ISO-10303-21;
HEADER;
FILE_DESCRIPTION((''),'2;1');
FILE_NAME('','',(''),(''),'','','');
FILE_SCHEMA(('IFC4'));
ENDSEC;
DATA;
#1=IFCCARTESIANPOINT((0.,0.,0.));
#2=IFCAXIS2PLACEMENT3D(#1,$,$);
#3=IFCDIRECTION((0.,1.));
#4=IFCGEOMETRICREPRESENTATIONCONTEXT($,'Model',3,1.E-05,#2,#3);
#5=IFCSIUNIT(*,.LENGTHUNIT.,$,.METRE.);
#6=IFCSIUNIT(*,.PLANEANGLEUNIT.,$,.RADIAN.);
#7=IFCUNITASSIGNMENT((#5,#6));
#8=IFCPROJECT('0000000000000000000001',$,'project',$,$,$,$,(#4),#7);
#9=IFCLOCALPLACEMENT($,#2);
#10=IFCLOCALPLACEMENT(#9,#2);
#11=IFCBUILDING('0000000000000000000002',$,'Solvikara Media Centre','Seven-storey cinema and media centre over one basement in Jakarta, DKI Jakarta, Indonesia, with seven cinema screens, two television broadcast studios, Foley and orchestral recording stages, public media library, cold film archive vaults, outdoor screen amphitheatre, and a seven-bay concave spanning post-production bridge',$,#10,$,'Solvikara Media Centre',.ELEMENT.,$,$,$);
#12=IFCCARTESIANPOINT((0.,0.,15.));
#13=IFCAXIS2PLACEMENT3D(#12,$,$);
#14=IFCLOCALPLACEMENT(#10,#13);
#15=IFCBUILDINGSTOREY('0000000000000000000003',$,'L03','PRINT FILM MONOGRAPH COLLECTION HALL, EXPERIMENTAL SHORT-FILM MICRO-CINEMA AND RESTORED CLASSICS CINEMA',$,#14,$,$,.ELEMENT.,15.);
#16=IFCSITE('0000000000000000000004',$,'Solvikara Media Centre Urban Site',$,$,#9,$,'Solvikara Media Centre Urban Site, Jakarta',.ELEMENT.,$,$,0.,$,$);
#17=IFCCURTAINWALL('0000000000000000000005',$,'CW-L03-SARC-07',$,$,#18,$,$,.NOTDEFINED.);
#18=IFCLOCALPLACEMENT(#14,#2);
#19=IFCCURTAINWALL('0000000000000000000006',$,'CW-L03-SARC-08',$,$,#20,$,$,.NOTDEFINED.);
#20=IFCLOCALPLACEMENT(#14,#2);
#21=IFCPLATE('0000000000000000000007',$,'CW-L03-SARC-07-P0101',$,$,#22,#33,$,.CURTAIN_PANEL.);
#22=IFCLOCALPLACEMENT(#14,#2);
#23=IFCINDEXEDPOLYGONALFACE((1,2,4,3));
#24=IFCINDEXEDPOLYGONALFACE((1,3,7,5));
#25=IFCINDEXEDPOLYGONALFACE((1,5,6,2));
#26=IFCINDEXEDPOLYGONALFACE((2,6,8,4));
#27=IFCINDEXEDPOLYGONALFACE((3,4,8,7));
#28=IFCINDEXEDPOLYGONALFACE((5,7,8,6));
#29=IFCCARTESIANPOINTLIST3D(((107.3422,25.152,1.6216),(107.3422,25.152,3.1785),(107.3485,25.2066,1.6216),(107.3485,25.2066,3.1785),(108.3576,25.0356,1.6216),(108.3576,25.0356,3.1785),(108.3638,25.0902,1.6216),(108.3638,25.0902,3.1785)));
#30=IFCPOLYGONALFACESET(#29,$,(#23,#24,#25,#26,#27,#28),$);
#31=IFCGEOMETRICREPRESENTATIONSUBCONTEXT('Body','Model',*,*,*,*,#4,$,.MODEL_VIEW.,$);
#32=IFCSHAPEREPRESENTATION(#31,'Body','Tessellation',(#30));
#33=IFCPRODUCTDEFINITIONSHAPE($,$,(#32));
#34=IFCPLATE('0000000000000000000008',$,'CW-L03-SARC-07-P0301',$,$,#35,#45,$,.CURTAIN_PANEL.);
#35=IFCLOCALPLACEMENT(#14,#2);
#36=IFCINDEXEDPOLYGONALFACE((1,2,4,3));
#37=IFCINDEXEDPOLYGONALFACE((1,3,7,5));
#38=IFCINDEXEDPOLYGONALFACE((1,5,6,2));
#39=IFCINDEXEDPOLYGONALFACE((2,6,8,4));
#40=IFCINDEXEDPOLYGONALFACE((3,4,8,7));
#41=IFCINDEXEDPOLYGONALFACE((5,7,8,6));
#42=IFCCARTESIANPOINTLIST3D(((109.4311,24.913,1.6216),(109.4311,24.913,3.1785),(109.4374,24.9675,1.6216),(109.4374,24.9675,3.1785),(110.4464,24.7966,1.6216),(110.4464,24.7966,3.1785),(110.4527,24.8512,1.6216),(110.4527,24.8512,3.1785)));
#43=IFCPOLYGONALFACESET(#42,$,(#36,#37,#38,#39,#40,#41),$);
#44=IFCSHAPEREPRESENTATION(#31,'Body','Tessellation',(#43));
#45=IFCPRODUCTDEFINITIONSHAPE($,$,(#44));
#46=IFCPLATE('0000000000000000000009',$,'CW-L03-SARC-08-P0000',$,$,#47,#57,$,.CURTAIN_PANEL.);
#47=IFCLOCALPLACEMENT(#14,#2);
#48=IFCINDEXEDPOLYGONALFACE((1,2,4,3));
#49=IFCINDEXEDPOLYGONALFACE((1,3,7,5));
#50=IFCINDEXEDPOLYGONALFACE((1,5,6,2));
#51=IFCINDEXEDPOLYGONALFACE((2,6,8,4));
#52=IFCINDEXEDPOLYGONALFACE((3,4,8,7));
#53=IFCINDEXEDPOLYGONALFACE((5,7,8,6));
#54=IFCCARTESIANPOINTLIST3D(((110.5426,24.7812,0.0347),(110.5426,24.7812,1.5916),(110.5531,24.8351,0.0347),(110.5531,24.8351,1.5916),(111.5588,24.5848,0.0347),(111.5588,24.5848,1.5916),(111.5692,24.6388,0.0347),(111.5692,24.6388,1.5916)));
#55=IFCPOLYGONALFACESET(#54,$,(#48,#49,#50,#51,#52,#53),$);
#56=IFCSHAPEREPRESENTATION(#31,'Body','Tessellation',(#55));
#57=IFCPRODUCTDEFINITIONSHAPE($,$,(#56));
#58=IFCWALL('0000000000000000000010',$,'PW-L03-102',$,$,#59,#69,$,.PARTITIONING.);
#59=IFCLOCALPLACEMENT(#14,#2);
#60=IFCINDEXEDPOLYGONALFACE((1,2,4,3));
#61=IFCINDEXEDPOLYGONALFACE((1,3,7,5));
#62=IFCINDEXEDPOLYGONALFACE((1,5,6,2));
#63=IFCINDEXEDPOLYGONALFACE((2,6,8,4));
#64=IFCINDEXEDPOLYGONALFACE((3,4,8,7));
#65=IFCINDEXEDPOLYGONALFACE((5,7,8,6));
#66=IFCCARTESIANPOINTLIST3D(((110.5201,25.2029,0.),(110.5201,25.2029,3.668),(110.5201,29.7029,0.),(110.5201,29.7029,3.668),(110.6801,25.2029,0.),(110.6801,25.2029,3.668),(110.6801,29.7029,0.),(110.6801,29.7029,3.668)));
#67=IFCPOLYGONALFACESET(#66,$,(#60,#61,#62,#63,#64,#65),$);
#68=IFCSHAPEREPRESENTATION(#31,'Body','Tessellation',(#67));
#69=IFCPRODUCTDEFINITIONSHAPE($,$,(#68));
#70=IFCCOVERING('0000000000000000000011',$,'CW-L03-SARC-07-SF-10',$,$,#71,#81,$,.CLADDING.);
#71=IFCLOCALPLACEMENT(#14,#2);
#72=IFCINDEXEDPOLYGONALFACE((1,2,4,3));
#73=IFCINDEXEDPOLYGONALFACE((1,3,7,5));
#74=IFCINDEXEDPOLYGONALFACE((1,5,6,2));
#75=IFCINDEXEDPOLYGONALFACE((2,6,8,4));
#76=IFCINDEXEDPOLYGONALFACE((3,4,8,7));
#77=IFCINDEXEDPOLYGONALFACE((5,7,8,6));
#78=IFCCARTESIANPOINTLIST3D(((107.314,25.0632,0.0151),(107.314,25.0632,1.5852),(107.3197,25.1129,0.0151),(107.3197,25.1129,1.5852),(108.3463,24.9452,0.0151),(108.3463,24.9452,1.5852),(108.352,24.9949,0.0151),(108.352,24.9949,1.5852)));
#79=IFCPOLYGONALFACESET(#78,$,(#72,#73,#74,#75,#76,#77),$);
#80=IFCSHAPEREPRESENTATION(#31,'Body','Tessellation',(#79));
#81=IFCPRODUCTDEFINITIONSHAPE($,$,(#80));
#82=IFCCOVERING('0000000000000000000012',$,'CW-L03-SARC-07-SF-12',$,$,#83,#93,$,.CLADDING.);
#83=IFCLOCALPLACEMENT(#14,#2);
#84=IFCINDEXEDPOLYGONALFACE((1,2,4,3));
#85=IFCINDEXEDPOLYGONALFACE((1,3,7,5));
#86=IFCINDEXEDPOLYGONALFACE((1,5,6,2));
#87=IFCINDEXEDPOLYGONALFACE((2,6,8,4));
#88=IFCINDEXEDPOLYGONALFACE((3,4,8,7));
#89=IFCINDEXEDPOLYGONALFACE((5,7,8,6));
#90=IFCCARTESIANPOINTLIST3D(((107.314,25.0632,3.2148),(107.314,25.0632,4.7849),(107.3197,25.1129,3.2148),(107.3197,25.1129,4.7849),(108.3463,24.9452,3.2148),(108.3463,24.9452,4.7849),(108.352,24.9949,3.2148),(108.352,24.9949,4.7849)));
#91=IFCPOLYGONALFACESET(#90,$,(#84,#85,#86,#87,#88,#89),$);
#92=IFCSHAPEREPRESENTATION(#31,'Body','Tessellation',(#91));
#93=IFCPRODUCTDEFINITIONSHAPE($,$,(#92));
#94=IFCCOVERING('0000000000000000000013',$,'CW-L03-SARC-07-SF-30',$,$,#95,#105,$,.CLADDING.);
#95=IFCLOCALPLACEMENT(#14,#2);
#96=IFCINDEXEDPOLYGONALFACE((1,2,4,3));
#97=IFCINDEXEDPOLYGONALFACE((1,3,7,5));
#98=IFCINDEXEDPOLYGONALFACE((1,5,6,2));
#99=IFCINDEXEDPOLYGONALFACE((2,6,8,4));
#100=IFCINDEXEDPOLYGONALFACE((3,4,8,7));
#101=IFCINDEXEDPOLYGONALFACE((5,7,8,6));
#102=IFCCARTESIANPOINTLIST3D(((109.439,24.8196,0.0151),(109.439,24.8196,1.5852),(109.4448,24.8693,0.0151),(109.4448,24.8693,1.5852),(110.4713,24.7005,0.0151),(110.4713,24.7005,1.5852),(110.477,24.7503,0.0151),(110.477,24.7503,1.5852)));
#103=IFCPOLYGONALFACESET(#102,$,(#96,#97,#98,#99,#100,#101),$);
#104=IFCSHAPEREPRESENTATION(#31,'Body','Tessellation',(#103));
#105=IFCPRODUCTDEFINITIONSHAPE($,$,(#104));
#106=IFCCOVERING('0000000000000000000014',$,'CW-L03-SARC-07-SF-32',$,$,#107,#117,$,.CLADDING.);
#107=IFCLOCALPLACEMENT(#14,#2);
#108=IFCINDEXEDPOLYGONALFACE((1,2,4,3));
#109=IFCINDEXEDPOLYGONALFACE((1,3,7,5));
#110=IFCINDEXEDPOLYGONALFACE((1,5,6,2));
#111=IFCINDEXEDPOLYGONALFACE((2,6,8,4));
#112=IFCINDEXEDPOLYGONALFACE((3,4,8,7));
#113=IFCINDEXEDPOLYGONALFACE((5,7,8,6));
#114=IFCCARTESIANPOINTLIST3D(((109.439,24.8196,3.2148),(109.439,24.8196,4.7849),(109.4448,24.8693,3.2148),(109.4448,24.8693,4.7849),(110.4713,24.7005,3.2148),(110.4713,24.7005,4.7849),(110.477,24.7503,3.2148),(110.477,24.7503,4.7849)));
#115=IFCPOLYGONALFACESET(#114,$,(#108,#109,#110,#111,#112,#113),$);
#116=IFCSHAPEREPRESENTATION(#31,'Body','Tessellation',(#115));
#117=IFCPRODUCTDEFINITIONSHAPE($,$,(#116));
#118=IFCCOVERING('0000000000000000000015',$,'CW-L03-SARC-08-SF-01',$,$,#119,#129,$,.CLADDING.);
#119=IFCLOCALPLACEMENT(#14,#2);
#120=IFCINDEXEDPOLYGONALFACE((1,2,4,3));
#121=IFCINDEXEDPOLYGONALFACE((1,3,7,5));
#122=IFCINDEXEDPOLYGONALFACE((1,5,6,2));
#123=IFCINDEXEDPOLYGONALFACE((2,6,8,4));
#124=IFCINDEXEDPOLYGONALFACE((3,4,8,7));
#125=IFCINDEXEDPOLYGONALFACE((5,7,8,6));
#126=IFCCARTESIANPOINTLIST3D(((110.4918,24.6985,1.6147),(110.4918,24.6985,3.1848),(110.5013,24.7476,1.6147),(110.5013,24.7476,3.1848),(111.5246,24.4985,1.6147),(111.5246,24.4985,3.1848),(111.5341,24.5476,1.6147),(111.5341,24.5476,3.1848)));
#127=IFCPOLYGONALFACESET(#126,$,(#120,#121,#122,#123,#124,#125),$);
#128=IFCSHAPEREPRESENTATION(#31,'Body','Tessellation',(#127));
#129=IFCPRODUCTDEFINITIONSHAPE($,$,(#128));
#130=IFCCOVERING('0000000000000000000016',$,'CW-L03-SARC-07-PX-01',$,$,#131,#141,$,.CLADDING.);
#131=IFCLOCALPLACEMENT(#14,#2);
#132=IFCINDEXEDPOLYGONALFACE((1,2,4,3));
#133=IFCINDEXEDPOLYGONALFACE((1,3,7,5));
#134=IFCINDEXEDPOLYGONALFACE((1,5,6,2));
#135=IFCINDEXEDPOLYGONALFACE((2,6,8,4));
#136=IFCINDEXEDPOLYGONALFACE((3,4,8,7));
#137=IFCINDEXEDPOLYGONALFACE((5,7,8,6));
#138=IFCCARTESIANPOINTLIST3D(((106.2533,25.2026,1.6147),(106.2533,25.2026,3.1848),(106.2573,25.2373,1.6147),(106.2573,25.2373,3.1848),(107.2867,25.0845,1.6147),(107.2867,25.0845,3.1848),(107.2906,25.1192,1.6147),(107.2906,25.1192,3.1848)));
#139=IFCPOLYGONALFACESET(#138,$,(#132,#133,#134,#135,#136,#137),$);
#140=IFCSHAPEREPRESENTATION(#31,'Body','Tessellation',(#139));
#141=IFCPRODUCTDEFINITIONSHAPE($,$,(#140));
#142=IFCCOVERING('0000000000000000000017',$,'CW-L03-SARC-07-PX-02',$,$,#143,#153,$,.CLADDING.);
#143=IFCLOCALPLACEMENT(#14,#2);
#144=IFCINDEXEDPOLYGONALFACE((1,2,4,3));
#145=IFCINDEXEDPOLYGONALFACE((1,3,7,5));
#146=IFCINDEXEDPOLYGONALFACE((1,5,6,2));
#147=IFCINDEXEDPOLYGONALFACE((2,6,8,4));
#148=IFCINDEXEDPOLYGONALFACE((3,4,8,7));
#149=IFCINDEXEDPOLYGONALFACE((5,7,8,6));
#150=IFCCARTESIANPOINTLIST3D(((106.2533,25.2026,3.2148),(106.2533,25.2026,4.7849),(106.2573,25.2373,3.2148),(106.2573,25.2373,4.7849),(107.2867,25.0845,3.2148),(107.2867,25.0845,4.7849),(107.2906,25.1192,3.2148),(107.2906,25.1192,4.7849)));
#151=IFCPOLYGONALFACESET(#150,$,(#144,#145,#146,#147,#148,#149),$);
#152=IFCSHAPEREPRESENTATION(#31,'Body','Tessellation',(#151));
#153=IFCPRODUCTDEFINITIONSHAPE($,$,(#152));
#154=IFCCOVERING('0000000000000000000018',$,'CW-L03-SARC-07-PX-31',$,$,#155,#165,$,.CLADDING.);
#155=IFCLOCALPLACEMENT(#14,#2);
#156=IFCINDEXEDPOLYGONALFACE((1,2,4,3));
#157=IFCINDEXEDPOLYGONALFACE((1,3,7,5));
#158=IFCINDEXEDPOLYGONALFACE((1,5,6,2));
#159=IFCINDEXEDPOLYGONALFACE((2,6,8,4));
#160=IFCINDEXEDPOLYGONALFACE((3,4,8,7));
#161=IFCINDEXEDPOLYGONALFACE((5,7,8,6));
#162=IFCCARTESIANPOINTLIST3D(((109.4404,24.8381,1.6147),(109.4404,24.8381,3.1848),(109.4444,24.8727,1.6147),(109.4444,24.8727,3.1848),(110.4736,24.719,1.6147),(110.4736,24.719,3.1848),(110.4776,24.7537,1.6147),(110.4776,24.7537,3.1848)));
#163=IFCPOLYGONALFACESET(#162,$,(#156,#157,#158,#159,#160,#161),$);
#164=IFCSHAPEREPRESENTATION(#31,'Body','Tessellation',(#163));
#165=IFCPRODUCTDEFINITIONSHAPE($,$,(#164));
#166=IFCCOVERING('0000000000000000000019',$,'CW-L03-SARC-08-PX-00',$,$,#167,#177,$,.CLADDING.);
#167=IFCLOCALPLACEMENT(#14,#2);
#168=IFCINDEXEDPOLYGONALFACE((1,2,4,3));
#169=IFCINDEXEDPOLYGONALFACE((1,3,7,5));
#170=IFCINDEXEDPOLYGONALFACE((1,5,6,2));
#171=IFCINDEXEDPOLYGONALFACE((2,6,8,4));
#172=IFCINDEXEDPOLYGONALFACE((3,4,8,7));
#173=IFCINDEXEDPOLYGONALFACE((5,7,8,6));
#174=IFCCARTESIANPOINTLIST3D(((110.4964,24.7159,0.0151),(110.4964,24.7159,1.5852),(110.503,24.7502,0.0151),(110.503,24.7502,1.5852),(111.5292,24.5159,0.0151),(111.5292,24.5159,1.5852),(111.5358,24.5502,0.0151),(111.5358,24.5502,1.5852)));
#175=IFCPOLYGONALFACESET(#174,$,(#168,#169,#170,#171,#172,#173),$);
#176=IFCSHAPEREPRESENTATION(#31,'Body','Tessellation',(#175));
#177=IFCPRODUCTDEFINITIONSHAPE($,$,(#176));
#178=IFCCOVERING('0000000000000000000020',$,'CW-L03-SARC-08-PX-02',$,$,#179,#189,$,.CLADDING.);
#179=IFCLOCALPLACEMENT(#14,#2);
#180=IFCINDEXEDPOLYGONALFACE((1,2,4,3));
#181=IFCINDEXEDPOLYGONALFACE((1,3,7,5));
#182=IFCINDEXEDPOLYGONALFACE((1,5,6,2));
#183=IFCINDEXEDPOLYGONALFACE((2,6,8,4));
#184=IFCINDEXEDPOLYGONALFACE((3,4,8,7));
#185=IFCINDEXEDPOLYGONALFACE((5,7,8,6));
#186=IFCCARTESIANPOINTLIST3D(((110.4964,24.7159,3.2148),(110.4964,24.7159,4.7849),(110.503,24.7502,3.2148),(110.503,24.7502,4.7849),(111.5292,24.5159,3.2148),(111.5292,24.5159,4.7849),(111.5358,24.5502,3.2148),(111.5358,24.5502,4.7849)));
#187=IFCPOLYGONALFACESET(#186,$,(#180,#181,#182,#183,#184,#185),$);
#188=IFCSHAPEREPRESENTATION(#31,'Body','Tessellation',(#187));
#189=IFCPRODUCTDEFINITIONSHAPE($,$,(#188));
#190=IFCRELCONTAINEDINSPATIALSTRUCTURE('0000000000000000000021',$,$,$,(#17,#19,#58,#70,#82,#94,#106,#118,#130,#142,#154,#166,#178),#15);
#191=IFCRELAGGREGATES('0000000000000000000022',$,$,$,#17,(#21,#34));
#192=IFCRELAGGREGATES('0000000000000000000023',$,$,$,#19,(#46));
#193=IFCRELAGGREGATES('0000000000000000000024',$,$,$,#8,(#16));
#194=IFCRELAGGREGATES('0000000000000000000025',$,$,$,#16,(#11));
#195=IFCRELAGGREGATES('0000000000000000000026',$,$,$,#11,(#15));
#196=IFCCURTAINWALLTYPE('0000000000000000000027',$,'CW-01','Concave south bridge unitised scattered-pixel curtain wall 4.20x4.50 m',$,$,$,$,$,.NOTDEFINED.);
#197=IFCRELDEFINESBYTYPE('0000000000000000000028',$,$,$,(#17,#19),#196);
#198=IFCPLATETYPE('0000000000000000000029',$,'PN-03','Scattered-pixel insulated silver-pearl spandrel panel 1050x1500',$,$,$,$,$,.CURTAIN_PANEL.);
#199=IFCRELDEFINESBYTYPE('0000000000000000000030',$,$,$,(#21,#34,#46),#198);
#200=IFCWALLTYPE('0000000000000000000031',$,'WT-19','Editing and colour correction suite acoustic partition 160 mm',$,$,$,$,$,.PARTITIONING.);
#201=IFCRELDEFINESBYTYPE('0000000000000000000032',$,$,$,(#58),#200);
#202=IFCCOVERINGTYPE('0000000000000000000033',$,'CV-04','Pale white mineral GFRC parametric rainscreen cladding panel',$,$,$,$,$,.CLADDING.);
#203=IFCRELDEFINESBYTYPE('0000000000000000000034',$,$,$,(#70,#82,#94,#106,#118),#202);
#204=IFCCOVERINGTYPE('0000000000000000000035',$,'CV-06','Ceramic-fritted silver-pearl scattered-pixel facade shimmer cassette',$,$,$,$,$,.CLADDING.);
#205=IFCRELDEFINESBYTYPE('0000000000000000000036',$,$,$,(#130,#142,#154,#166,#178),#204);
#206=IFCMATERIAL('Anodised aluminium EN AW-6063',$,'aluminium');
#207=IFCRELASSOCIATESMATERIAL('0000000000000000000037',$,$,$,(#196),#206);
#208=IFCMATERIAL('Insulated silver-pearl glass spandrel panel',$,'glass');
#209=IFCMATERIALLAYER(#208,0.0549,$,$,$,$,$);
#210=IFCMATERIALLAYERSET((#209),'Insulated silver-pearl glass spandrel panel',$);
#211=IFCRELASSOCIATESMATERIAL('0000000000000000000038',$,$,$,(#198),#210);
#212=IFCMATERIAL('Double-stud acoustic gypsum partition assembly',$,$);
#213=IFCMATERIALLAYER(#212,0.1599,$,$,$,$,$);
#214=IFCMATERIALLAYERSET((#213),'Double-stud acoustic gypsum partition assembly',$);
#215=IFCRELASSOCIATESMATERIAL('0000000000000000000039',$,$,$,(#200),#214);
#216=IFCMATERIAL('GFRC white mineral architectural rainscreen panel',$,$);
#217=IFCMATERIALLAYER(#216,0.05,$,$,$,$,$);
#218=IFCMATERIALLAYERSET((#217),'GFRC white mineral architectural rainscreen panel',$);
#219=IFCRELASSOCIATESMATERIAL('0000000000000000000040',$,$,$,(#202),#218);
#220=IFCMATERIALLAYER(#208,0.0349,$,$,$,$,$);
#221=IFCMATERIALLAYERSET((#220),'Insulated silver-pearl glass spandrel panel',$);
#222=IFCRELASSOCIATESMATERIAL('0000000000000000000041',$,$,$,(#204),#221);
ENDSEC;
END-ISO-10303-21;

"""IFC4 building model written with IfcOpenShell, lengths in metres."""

from ifc_helpers import new_model, si_unit, direction, frame, frame_2d, origin, origin_2d, place, context, subcontext, project, spatial, rectangle, extrude, material, layer, layer_set, type_object, element, aggregate, save


model = new_model("IFC4")

# Units and contexts
model_context = context("Model", 3, precision=1e-05, world=origin(), true_north=direction((0.0, 1.0)))
body_context = subcontext(model_context, "Body", "Model", "MODEL_VIEW")
ifc_project = project(units=[si_unit("LENGTHUNIT", "METRE"), si_unit("PLANEANGLEUNIT", "RADIAN")], contexts=[model_context])

# Site, building, storey
site_placement = place(None, origin())
site = spatial("IfcSite", under=ifc_project, at=site_placement, Name="Solvikara Media Centre Urban Site", LongName="Solvikara Media Centre Urban Site, Jakarta", CompositionType="ELEMENT", RefElevation=0.0)
building_placement = place(site_placement, origin())
building = spatial("IfcBuilding", under=site, at=building_placement, Name="Solvikara Media Centre", Description="Seven-storey cinema and media centre over one basement in Jakarta, DKI Jakarta, Indonesia, with seven cinema screens, two television broadcast studios, Foley and orchestral recording stages, public media library, cold film archive vaults, outdoor screen amphitheatre, and a seven-bay concave spanning post-production bridge", LongName="Solvikara Media Centre", CompositionType="ELEMENT")
storey_placement = place(building_placement, frame((0.0, 0.0, 15.0)))
storey = spatial("IfcBuildingStorey", under=building, at=storey_placement, Name="L03", Description="PRINT FILM MONOGRAPH COLLECTION HALL, EXPERIMENTAL SHORT-FILM MICRO-CINEMA AND RESTORED CLASSICS CINEMA", CompositionType="ELEMENT", Elevation=15.0)

# Curtain wall
ifc_material_1 = material(Name="Anodised aluminium EN AW-6063", Category="aluminium")
curtain_wall_type = type_object("IfcCurtainWallType", Name="CW-01", Description="Concave south bridge unitised scattered-pixel curtain wall 4.20x4.50 m", PredefinedType="NOTDEFINED", material=ifc_material_1)
curtain_wall_1_placement = place(storey_placement, origin())
curtain_wall_1 = element("IfcCurtainWall", 1, at=curtain_wall_1_placement, inside=storey, type_object=curtain_wall_type, Name="CW-L03-SARC-07", PredefinedType="NOTDEFINED")

# Curtain wall
curtain_wall_2_placement = place(storey_placement, origin())
curtain_wall_2 = element("IfcCurtainWall", 2, at=curtain_wall_2_placement, inside=storey, type_object=curtain_wall_type, Name="CW-L03-SARC-08", PredefinedType="NOTDEFINED")

# Plates
ifc_material_2 = material(Name="Insulated silver-pearl glass spandrel panel", Category="glass")
ifc_layer_1 = layer(ifc_material_2, 0.0549)
ifc_layer_set_1 = layer_set([ifc_layer_1], Name="Insulated silver-pearl glass spandrel panel")
plate_type_1 = type_object("IfcPlateType", Name="PN-03", Description="Scattered-pixel insulated silver-pearl spandrel panel 1050x1500", PredefinedType="CURTAIN_PANEL", material=ifc_layer_set_1)
plate_1_placement = place(storey_placement, frame((107.853, 25.1211, 1.6216), z_axis=(0.0, 0.0, 1.0), x_axis=(0.993499, -0.113845, 0.0)))
plate_1 = element("IfcPlate", 3, at=plate_1_placement, type_object=plate_type_1, Name="CW-L03-SARC-07-P0101", PredefinedType="CURTAIN_PANEL", context=body_context, shape_type="SweptSolid", body=[
    extrude(rectangle(XDim=1.022, YDim=0.0549, at=origin_2d()), origin(), (0.0, 0.0, 1.0), 1.5569),
])
plate_2_placement = place(storey_placement, frame((109.9419, 24.8821, 1.6216), z_axis=(0.0, 0.0, 1.0), x_axis=(0.993499, -0.113845, 0.0)))
plate_2 = element("IfcPlate", 4, at=plate_2_placement, type_object=plate_type_1, Name="CW-L03-SARC-07-P0301", PredefinedType="CURTAIN_PANEL", context=body_context, shape_type="SweptSolid", body=[
    extrude(rectangle(XDim=1.022, YDim=0.0549, at=origin_2d()), origin(), (0.0, 0.0, 1.0), 1.5569),
])
aggregate(curtain_wall_1, [plate_1, plate_2])
plate_3_placement = place(storey_placement, frame((111.0559, 24.71, 0.0347), z_axis=(0.0, 0.0, 1.0), x_axis=(0.981843, -0.189695, 0.0)))
plate_3 = element("IfcPlate", 5, at=plate_3_placement, type_object=plate_type_1, Name="CW-L03-SARC-08-P0000", PredefinedType="CURTAIN_PANEL", context=body_context, shape_type="SweptSolid", body=[
    extrude(rectangle(XDim=1.0349, YDim=0.0549, at=origin_2d()), origin(), (0.0, 0.0, 1.0), 1.5569),
])
aggregate(curtain_wall_2, [plate_3])

# Wall
ifc_material_3 = material(Name="Double-stud acoustic gypsum partition assembly")
ifc_layer_2 = layer(ifc_material_3, 0.1599)
ifc_layer_set_2 = layer_set([ifc_layer_2], Name="Double-stud acoustic gypsum partition assembly")
wall_type = type_object("IfcWallType", Name="WT-19", Description="Editing and colour correction suite acoustic partition 160 mm", PredefinedType="PARTITIONING", material=ifc_layer_set_2)
wall_placement = place(storey_placement, frame((110.6001, 25.2029, 0.0), z_axis=(0.0, 0.0, 1.0), x_axis=(0.0, 1.0, 0.0)))
element("IfcWall", 6, at=wall_placement, inside=storey, type_object=wall_type, Name="PW-L03-102", PredefinedType="PARTITIONING", context=body_context, shape_type="SweptSolid", body=[
    extrude(rectangle(XDim=4.5, YDim=0.1599, at=frame_2d((2.25, 0.0))), origin(), (0.0, 0.0, 1.0), 3.668),
])

# Coverings
ifc_material_4 = material(Name="GFRC white mineral architectural rainscreen panel")
ifc_layer_3 = layer(ifc_material_4, 0.05)
ifc_layer_set_3 = layer_set([ifc_layer_3], Name="GFRC white mineral architectural rainscreen panel")
covering_type_1 = type_object("IfcCoveringType", Name="CV-04", Description="Pale white mineral GFRC parametric rainscreen cladding panel", PredefinedType="CLADDING", material=ifc_layer_set_3)
for number, where, z_axis, x_axis, name in (
    (7, (107.833, 25.0291, 0.0151), (0.0, 0.0, 1.0), (0.993526, -0.113602, 0.0), "CW-L03-SARC-07-SF-10"),
    (8, (107.833, 25.0291, 3.2148), (0.0, 0.0, 1.0), (0.993526, -0.113602, 0.0), "CW-L03-SARC-07-SF-12"),
    (9, (109.958, 24.7849, 0.0151), (0.0, 0.0, 1.0), (0.993417, -0.114556, 0.0), "CW-L03-SARC-07-SF-30"),
    (10, (109.958, 24.7849, 3.2148), (0.0, 0.0, 1.0), (0.993417, -0.114556, 0.0), "CW-L03-SARC-07-SF-32"),
):
    element("IfcCovering", number, at=place(storey_placement, frame(where, z_axis=z_axis, x_axis=x_axis)), inside=storey, type_object=covering_type_1, Name=name, PredefinedType="CLADDING", context=body_context, shape_type="SweptSolid", body=[
        extrude(rectangle(XDim=1.0391, YDim=0.05, at=origin_2d()), origin(), (0.0, 0.0, 1.0), 1.5701),
    ])
covering_placement = place(storey_placement, frame((111.0129, 24.623, 1.6147), z_axis=(0.0, 0.0, 1.0), x_axis=(0.981767, -0.190089, 0.0)))
element("IfcCovering", 11, at=covering_placement, inside=storey, type_object=covering_type_1, Name="CW-L03-SARC-08-SF-01", PredefinedType="CLADDING", context=body_context, shape_type="SweptSolid", body=[
    extrude(rectangle(XDim=1.052, YDim=0.05, at=origin_2d()), origin(), (0.0, 0.0, 1.0), 1.5701),
])
ifc_layer_4 = layer(ifc_material_2, 0.0349)
ifc_layer_set_4 = layer_set([ifc_layer_4], Name="Insulated silver-pearl glass spandrel panel")
covering_type_2 = type_object("IfcCoveringType", Name="CV-06", Description="Ceramic-fritted silver-pearl scattered-pixel facade shimmer cassette", PredefinedType="CLADDING", material=ifc_layer_set_4)
for number, where, z_axis, x_axis, name in (
    (12, (106.772, 25.1609, 1.6147), (0.0, 0.0, 1.0), (0.993538, -0.113498, 0.0), "CW-L03-SARC-07-PX-01"),
    (13, (106.772, 25.1609, 3.2148), (0.0, 0.0, 1.0), (0.993538, -0.113498, 0.0), "CW-L03-SARC-07-PX-02"),
    (14, (109.959, 24.7959, 1.6147), (0.0, 0.0, 1.0), (0.993431, -0.114434, 0.0), "CW-L03-SARC-07-PX-31"),
):
    element("IfcCovering", number, at=place(storey_placement, frame(where, z_axis=z_axis, x_axis=x_axis)), inside=storey, type_object=covering_type_2, Name=name, PredefinedType="CLADDING", context=body_context, shape_type="SweptSolid", body=[
        extrude(rectangle(XDim=1.04, YDim=0.0349, at=origin_2d()), origin(), (0.0, 0.0, 1.0), 1.5701),
    ])
for number, where, z_axis, x_axis, name in (
    (15, (111.0161, 24.6331, 0.0151), (0.0, 0.0, 1.0), (0.981767, -0.190089, 0.0), "CW-L03-SARC-08-PX-00"),
    (16, (111.0161, 24.6331, 3.2148), (0.0, 0.0, 1.0), (0.981767, -0.190089, 0.0), "CW-L03-SARC-08-PX-02"),
):
    element("IfcCovering", number, at=place(storey_placement, frame(where, z_axis=z_axis, x_axis=x_axis)), inside=storey, type_object=covering_type_2, Name=name, PredefinedType="CLADDING", context=body_context, shape_type="SweptSolid", body=[
        extrude(rectangle(XDim=1.052, YDim=0.0349, at=origin_2d()), origin(), (0.0, 0.0, 1.0), 1.5701),
    ])

save(model, "model.ifc")
